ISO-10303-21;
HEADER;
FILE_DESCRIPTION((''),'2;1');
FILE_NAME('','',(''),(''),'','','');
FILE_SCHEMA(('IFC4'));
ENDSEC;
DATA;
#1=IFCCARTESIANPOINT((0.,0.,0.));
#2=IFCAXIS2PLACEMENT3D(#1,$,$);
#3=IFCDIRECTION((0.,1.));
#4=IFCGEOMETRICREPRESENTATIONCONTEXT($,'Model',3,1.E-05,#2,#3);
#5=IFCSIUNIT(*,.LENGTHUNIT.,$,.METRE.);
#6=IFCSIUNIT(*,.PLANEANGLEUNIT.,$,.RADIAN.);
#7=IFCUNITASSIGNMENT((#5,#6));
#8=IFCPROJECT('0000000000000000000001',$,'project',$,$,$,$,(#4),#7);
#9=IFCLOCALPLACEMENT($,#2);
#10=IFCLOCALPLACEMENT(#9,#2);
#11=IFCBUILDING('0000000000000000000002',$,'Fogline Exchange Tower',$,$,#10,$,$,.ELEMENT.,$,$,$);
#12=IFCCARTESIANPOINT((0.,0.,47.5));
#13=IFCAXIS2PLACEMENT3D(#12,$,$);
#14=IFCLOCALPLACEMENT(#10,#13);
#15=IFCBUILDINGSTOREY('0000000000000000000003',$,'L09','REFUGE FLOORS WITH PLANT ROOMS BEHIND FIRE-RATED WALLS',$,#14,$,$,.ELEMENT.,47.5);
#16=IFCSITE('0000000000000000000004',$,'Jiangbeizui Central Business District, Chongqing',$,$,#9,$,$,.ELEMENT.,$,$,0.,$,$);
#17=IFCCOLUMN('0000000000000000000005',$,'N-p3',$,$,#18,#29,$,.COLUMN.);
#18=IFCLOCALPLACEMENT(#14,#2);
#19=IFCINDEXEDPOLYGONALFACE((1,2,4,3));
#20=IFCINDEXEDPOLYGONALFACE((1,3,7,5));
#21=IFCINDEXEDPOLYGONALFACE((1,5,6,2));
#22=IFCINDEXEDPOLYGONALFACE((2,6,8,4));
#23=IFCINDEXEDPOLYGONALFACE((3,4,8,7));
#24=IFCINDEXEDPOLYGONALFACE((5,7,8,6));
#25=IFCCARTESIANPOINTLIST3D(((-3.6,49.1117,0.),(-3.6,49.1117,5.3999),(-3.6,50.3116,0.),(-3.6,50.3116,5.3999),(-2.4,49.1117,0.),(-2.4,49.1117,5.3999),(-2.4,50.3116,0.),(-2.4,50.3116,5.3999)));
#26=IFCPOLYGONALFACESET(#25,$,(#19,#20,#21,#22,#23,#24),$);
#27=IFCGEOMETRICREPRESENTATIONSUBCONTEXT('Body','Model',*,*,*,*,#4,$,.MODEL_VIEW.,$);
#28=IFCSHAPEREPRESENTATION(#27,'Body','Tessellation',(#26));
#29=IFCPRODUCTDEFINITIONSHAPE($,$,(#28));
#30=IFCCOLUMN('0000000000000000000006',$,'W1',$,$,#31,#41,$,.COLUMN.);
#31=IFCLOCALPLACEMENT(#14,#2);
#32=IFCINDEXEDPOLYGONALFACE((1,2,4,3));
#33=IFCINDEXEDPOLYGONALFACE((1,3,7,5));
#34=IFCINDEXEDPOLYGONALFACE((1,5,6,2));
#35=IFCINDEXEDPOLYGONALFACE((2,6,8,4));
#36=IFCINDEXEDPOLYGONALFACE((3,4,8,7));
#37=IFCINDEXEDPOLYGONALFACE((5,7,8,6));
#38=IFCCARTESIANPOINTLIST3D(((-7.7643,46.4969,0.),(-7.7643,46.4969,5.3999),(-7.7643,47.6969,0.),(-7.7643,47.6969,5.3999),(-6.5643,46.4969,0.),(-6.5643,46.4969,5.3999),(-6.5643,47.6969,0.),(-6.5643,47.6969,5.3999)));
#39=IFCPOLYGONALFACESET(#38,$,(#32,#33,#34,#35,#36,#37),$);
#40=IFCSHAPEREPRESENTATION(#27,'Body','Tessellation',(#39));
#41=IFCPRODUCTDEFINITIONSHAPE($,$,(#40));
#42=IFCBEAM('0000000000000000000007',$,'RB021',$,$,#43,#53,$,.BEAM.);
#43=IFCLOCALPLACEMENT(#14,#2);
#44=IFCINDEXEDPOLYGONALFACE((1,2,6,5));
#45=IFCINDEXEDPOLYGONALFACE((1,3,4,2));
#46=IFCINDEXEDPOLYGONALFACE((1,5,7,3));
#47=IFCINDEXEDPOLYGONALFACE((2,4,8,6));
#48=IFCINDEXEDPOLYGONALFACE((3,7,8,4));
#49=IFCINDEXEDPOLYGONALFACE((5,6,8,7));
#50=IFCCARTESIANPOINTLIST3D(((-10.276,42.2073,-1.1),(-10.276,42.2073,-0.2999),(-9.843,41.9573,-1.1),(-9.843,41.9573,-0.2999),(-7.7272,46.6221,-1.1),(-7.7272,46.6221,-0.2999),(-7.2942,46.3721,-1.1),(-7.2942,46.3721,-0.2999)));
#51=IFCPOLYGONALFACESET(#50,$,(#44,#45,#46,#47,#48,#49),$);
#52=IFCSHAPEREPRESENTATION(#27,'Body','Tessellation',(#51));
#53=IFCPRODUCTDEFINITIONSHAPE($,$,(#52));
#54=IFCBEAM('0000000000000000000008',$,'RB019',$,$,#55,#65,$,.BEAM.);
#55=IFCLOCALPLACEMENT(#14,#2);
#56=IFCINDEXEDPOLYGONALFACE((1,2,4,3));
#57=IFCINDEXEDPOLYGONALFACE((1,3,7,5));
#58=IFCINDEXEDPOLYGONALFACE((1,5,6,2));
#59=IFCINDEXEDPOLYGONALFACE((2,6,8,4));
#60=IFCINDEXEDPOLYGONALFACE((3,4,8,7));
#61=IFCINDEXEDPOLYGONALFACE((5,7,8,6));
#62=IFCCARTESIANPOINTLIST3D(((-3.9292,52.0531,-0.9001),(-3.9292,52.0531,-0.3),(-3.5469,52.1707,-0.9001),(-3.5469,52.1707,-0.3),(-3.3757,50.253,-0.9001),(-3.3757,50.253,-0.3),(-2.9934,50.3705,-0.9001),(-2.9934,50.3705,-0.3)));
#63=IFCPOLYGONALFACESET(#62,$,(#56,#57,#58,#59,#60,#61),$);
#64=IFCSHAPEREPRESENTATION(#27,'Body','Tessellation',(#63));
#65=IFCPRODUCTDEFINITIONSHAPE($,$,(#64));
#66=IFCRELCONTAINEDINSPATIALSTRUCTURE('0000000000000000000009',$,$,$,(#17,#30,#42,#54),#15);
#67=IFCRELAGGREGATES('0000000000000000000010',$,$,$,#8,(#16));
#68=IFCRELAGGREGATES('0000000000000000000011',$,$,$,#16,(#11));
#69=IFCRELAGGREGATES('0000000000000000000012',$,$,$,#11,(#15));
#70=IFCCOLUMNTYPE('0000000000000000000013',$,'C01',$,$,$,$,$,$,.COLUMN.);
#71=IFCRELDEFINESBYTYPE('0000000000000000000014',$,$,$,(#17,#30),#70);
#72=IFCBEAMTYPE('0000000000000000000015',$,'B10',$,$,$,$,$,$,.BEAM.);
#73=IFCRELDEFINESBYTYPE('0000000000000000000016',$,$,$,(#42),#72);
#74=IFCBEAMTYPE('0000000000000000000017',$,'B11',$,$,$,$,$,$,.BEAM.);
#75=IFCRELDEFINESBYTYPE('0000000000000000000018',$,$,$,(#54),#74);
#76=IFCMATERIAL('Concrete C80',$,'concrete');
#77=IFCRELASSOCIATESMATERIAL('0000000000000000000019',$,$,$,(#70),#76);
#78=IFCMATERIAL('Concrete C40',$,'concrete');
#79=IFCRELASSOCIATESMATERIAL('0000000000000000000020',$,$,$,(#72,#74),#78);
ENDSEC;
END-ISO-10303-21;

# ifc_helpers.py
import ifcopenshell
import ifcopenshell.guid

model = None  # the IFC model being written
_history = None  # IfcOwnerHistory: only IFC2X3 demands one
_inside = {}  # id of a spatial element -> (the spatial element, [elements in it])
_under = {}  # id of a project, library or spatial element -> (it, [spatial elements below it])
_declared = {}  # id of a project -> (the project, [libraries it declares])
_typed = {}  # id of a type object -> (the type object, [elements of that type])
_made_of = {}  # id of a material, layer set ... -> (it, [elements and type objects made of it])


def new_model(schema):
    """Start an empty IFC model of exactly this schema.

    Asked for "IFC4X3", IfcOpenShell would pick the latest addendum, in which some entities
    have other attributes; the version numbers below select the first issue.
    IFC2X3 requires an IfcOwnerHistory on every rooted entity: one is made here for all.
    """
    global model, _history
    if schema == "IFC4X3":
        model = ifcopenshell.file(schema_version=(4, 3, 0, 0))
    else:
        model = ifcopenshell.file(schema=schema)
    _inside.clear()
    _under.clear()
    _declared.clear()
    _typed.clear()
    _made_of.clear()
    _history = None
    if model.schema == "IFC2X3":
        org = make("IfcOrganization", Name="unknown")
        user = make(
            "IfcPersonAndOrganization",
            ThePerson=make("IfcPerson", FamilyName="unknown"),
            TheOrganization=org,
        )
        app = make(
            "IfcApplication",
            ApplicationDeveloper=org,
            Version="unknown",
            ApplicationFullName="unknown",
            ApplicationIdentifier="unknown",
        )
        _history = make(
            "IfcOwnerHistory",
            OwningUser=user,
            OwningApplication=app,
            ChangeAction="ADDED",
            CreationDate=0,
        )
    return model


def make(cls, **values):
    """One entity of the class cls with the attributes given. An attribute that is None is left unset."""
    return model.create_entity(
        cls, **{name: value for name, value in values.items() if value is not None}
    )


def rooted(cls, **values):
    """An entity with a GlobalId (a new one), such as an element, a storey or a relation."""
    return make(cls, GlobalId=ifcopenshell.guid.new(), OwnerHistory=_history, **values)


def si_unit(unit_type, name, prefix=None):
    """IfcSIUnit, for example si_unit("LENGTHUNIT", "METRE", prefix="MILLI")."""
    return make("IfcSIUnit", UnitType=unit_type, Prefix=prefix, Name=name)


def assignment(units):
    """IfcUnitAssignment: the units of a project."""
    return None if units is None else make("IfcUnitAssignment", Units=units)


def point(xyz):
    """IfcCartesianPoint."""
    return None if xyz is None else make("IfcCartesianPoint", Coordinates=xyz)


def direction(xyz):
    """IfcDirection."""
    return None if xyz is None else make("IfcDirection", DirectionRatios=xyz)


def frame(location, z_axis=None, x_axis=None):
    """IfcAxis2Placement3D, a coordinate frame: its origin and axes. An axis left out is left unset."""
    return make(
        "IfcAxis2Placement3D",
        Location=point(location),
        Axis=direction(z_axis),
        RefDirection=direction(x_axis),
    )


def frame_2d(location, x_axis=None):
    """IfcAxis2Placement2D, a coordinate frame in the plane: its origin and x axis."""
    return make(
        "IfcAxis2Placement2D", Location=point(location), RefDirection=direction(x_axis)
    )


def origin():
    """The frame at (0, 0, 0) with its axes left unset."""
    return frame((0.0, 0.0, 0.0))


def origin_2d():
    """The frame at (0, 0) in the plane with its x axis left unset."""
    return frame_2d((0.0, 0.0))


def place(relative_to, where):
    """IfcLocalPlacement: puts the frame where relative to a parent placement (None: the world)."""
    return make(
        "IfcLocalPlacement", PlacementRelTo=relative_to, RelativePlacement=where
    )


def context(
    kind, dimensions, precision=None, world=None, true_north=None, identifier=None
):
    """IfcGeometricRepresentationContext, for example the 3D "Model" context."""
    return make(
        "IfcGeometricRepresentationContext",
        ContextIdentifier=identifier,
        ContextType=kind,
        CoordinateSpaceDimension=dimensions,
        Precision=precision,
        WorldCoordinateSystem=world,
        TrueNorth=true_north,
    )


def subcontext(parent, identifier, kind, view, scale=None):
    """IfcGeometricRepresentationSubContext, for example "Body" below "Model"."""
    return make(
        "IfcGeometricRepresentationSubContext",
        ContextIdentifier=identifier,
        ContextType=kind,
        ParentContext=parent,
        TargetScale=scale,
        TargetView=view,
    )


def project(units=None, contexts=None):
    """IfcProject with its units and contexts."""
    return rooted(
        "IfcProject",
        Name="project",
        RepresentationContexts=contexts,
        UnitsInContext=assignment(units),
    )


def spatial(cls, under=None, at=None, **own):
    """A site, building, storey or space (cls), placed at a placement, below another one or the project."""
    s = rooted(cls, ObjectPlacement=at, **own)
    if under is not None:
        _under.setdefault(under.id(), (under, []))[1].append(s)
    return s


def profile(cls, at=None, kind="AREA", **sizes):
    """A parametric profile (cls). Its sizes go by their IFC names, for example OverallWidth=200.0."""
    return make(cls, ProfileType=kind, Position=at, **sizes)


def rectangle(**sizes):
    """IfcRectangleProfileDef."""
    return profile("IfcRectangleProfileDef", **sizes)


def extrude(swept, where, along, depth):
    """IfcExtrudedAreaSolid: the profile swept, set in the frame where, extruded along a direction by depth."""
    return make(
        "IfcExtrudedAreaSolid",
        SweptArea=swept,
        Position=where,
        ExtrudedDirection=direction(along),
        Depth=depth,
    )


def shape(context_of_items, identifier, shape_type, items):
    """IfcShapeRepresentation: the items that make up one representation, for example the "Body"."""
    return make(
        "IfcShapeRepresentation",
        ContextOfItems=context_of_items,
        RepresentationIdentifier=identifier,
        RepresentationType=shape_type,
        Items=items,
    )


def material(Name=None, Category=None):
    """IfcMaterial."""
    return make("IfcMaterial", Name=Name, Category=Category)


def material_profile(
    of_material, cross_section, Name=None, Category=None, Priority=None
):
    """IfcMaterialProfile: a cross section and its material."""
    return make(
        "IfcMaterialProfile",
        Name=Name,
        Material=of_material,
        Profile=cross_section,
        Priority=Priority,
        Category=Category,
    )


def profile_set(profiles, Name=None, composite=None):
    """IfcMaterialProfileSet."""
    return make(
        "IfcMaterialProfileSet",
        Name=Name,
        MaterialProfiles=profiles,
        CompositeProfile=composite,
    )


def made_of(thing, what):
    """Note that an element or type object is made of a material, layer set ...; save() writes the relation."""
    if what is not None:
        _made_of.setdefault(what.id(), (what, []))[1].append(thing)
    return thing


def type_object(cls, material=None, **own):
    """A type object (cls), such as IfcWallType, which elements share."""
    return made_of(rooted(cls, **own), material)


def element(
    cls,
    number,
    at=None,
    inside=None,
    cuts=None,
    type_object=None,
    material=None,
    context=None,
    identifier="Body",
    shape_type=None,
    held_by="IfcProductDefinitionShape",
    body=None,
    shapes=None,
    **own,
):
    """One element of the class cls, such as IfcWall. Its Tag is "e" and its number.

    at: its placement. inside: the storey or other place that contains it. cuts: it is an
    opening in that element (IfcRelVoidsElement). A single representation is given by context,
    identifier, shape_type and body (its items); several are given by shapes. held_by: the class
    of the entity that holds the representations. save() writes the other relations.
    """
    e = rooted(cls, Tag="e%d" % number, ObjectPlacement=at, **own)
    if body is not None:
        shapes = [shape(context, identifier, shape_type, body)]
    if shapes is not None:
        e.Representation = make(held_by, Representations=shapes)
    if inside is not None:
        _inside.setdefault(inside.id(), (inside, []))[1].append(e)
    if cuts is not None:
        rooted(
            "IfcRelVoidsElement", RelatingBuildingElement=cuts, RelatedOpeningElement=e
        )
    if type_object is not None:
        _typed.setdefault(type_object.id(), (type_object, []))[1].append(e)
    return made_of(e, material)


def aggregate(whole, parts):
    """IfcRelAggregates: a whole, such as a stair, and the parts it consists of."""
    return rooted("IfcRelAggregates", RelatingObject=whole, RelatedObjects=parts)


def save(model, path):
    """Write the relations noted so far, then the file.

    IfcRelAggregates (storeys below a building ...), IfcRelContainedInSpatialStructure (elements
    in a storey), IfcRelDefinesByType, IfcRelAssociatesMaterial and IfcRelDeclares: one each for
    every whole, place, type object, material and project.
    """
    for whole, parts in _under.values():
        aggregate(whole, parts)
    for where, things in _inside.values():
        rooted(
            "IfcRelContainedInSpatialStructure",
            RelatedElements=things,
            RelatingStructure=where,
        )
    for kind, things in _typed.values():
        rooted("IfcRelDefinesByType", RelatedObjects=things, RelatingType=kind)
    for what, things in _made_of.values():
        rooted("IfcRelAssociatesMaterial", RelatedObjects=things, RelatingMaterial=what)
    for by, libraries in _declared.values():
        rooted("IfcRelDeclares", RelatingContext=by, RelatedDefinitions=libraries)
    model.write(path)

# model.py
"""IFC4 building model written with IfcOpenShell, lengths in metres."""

from ifc_helpers import new_model, si_unit, direction, frame, origin, origin_2d, place, context, subcontext, project, spatial, rectangle, extrude, material, material_profile, profile_set, type_object, element, save


model = new_model("IFC4")

# Units and contexts
model_context = context("Model", 3, precision=1e-05, world=origin(), true_north=direction((0.0, 1.0)))
body_context = subcontext(model_context, "Body", "Model", "MODEL_VIEW")
ifc_project = project(units=[si_unit("LENGTHUNIT", "METRE"), si_unit("PLANEANGLEUNIT", "RADIAN")], contexts=[model_context])

# Site, building, storey
site_placement = place(None, origin())
site = spatial("IfcSite", under=ifc_project, at=site_placement, Name="Jiangbeizui Central Business District, Chongqing", CompositionType="ELEMENT", RefElevation=0.0)
building_placement = place(site_placement, origin())
building = spatial("IfcBuilding", under=site, at=building_placement, Name="Fogline Exchange Tower", CompositionType="ELEMENT")
storey_placement = place(building_placement, frame((0.0, 0.0, 47.5)))
storey = spatial("IfcBuildingStorey", under=building, at=storey_placement, Name="L09", Description="REFUGE FLOORS WITH PLANT ROOMS BEHIND FIRE-RATED WALLS", CompositionType="ELEMENT", Elevation=47.5)

# Columns
ifc_material_1 = material(Name="Concrete C80", Category="concrete")
ifc_material_profile_1 = material_profile(ifc_material_1, rectangle(XDim=1.2, YDim=1.2, at=origin_2d()), Name="RC 1200x1200")
ifc_profile_set_1 = profile_set([ifc_material_profile_1], Name="Concrete C80")
column_type = type_object("IfcColumnType", Name="C01", PredefinedType="COLUMN", material=ifc_profile_set_1)
for number, where, z_axis, x_axis, name in (
    (1, (-3.0, 49.7117, 0.0), (0.0, 0.0, 1.0), (1.0, 0.0, 0.0), "N-p3"),
    (2, (-7.1643, 47.0969, 0.0), (0.0, 0.0, 1.0), (1.0, 0.0, 0.0), "W1"),
):
    element("IfcColumn", number, at=place(storey_placement, frame(where, z_axis=z_axis, x_axis=x_axis)), inside=storey, type_object=column_type, Name=name, PredefinedType="COLUMN", context=body_context, shape_type="SweptSolid", body=[
        extrude(rectangle(XDim=1.2, YDim=1.2, at=origin_2d()), origin(), (0.0, 0.0, 1.0), 5.3999),
    ])

# Beams
ifc_material_2 = material(Name="Concrete C40", Category="concrete")
ifc_material_profile_2 = material_profile(ifc_material_2, rectangle(XDim=0.5, YDim=0.8, at=origin_2d()), Name="RC 500x800")
ifc_profile_set_2 = profile_set([ifc_material_profile_2], Name="Concrete C40")
beam_type_1 = type_object("IfcBeamType", Name="B10", PredefinedType="BEAM", material=ifc_profile_set_2)
beam_1_placement = place(storey_placement, frame((-7.5107, 46.4971, -0.7), z_axis=(-0.499992, -0.86603, 0.0), x_axis=(0.86603, -0.499992, 0.0)))
element("IfcBeam", 3, at=beam_1_placement, inside=storey, type_object=beam_type_1, Name="RB021", PredefinedType="BEAM", context=body_context, shape_type="SweptSolid", body=[
    extrude(rectangle(XDim=0.5, YDim=0.8, at=origin_2d()), origin(), (0.0, 0.0, 1.0), 5.0977),
])
ifc_material_profile_3 = material_profile(ifc_material_2, rectangle(XDim=0.3999, YDim=0.6001, at=origin_2d()), Name="RC 400x600")
ifc_profile_set_3 = profile_set([ifc_material_profile_3], Name="Concrete C40")
beam_type_2 = type_object("IfcBeamType", Name="B11", PredefinedType="BEAM", material=ifc_profile_set_3)
beam_2_placement = place(storey_placement, frame((-3.1846, 50.3118, -0.6001), z_axis=(-0.293895, 0.955838, 0.0), x_axis=(-0.955838, -0.293895, 0.0)))
element("IfcBeam", 4, at=beam_2_placement, inside=storey, type_object=beam_type_2, Name="RB019", PredefinedType="BEAM", context=body_context, shape_type="SweptSolid", body=[
    extrude(rectangle(XDim=0.3999, YDim=0.6001, at=origin_2d()), origin(), (0.0, 0.0, 1.0), 1.8833),
])

save(model, "model.ifc")
